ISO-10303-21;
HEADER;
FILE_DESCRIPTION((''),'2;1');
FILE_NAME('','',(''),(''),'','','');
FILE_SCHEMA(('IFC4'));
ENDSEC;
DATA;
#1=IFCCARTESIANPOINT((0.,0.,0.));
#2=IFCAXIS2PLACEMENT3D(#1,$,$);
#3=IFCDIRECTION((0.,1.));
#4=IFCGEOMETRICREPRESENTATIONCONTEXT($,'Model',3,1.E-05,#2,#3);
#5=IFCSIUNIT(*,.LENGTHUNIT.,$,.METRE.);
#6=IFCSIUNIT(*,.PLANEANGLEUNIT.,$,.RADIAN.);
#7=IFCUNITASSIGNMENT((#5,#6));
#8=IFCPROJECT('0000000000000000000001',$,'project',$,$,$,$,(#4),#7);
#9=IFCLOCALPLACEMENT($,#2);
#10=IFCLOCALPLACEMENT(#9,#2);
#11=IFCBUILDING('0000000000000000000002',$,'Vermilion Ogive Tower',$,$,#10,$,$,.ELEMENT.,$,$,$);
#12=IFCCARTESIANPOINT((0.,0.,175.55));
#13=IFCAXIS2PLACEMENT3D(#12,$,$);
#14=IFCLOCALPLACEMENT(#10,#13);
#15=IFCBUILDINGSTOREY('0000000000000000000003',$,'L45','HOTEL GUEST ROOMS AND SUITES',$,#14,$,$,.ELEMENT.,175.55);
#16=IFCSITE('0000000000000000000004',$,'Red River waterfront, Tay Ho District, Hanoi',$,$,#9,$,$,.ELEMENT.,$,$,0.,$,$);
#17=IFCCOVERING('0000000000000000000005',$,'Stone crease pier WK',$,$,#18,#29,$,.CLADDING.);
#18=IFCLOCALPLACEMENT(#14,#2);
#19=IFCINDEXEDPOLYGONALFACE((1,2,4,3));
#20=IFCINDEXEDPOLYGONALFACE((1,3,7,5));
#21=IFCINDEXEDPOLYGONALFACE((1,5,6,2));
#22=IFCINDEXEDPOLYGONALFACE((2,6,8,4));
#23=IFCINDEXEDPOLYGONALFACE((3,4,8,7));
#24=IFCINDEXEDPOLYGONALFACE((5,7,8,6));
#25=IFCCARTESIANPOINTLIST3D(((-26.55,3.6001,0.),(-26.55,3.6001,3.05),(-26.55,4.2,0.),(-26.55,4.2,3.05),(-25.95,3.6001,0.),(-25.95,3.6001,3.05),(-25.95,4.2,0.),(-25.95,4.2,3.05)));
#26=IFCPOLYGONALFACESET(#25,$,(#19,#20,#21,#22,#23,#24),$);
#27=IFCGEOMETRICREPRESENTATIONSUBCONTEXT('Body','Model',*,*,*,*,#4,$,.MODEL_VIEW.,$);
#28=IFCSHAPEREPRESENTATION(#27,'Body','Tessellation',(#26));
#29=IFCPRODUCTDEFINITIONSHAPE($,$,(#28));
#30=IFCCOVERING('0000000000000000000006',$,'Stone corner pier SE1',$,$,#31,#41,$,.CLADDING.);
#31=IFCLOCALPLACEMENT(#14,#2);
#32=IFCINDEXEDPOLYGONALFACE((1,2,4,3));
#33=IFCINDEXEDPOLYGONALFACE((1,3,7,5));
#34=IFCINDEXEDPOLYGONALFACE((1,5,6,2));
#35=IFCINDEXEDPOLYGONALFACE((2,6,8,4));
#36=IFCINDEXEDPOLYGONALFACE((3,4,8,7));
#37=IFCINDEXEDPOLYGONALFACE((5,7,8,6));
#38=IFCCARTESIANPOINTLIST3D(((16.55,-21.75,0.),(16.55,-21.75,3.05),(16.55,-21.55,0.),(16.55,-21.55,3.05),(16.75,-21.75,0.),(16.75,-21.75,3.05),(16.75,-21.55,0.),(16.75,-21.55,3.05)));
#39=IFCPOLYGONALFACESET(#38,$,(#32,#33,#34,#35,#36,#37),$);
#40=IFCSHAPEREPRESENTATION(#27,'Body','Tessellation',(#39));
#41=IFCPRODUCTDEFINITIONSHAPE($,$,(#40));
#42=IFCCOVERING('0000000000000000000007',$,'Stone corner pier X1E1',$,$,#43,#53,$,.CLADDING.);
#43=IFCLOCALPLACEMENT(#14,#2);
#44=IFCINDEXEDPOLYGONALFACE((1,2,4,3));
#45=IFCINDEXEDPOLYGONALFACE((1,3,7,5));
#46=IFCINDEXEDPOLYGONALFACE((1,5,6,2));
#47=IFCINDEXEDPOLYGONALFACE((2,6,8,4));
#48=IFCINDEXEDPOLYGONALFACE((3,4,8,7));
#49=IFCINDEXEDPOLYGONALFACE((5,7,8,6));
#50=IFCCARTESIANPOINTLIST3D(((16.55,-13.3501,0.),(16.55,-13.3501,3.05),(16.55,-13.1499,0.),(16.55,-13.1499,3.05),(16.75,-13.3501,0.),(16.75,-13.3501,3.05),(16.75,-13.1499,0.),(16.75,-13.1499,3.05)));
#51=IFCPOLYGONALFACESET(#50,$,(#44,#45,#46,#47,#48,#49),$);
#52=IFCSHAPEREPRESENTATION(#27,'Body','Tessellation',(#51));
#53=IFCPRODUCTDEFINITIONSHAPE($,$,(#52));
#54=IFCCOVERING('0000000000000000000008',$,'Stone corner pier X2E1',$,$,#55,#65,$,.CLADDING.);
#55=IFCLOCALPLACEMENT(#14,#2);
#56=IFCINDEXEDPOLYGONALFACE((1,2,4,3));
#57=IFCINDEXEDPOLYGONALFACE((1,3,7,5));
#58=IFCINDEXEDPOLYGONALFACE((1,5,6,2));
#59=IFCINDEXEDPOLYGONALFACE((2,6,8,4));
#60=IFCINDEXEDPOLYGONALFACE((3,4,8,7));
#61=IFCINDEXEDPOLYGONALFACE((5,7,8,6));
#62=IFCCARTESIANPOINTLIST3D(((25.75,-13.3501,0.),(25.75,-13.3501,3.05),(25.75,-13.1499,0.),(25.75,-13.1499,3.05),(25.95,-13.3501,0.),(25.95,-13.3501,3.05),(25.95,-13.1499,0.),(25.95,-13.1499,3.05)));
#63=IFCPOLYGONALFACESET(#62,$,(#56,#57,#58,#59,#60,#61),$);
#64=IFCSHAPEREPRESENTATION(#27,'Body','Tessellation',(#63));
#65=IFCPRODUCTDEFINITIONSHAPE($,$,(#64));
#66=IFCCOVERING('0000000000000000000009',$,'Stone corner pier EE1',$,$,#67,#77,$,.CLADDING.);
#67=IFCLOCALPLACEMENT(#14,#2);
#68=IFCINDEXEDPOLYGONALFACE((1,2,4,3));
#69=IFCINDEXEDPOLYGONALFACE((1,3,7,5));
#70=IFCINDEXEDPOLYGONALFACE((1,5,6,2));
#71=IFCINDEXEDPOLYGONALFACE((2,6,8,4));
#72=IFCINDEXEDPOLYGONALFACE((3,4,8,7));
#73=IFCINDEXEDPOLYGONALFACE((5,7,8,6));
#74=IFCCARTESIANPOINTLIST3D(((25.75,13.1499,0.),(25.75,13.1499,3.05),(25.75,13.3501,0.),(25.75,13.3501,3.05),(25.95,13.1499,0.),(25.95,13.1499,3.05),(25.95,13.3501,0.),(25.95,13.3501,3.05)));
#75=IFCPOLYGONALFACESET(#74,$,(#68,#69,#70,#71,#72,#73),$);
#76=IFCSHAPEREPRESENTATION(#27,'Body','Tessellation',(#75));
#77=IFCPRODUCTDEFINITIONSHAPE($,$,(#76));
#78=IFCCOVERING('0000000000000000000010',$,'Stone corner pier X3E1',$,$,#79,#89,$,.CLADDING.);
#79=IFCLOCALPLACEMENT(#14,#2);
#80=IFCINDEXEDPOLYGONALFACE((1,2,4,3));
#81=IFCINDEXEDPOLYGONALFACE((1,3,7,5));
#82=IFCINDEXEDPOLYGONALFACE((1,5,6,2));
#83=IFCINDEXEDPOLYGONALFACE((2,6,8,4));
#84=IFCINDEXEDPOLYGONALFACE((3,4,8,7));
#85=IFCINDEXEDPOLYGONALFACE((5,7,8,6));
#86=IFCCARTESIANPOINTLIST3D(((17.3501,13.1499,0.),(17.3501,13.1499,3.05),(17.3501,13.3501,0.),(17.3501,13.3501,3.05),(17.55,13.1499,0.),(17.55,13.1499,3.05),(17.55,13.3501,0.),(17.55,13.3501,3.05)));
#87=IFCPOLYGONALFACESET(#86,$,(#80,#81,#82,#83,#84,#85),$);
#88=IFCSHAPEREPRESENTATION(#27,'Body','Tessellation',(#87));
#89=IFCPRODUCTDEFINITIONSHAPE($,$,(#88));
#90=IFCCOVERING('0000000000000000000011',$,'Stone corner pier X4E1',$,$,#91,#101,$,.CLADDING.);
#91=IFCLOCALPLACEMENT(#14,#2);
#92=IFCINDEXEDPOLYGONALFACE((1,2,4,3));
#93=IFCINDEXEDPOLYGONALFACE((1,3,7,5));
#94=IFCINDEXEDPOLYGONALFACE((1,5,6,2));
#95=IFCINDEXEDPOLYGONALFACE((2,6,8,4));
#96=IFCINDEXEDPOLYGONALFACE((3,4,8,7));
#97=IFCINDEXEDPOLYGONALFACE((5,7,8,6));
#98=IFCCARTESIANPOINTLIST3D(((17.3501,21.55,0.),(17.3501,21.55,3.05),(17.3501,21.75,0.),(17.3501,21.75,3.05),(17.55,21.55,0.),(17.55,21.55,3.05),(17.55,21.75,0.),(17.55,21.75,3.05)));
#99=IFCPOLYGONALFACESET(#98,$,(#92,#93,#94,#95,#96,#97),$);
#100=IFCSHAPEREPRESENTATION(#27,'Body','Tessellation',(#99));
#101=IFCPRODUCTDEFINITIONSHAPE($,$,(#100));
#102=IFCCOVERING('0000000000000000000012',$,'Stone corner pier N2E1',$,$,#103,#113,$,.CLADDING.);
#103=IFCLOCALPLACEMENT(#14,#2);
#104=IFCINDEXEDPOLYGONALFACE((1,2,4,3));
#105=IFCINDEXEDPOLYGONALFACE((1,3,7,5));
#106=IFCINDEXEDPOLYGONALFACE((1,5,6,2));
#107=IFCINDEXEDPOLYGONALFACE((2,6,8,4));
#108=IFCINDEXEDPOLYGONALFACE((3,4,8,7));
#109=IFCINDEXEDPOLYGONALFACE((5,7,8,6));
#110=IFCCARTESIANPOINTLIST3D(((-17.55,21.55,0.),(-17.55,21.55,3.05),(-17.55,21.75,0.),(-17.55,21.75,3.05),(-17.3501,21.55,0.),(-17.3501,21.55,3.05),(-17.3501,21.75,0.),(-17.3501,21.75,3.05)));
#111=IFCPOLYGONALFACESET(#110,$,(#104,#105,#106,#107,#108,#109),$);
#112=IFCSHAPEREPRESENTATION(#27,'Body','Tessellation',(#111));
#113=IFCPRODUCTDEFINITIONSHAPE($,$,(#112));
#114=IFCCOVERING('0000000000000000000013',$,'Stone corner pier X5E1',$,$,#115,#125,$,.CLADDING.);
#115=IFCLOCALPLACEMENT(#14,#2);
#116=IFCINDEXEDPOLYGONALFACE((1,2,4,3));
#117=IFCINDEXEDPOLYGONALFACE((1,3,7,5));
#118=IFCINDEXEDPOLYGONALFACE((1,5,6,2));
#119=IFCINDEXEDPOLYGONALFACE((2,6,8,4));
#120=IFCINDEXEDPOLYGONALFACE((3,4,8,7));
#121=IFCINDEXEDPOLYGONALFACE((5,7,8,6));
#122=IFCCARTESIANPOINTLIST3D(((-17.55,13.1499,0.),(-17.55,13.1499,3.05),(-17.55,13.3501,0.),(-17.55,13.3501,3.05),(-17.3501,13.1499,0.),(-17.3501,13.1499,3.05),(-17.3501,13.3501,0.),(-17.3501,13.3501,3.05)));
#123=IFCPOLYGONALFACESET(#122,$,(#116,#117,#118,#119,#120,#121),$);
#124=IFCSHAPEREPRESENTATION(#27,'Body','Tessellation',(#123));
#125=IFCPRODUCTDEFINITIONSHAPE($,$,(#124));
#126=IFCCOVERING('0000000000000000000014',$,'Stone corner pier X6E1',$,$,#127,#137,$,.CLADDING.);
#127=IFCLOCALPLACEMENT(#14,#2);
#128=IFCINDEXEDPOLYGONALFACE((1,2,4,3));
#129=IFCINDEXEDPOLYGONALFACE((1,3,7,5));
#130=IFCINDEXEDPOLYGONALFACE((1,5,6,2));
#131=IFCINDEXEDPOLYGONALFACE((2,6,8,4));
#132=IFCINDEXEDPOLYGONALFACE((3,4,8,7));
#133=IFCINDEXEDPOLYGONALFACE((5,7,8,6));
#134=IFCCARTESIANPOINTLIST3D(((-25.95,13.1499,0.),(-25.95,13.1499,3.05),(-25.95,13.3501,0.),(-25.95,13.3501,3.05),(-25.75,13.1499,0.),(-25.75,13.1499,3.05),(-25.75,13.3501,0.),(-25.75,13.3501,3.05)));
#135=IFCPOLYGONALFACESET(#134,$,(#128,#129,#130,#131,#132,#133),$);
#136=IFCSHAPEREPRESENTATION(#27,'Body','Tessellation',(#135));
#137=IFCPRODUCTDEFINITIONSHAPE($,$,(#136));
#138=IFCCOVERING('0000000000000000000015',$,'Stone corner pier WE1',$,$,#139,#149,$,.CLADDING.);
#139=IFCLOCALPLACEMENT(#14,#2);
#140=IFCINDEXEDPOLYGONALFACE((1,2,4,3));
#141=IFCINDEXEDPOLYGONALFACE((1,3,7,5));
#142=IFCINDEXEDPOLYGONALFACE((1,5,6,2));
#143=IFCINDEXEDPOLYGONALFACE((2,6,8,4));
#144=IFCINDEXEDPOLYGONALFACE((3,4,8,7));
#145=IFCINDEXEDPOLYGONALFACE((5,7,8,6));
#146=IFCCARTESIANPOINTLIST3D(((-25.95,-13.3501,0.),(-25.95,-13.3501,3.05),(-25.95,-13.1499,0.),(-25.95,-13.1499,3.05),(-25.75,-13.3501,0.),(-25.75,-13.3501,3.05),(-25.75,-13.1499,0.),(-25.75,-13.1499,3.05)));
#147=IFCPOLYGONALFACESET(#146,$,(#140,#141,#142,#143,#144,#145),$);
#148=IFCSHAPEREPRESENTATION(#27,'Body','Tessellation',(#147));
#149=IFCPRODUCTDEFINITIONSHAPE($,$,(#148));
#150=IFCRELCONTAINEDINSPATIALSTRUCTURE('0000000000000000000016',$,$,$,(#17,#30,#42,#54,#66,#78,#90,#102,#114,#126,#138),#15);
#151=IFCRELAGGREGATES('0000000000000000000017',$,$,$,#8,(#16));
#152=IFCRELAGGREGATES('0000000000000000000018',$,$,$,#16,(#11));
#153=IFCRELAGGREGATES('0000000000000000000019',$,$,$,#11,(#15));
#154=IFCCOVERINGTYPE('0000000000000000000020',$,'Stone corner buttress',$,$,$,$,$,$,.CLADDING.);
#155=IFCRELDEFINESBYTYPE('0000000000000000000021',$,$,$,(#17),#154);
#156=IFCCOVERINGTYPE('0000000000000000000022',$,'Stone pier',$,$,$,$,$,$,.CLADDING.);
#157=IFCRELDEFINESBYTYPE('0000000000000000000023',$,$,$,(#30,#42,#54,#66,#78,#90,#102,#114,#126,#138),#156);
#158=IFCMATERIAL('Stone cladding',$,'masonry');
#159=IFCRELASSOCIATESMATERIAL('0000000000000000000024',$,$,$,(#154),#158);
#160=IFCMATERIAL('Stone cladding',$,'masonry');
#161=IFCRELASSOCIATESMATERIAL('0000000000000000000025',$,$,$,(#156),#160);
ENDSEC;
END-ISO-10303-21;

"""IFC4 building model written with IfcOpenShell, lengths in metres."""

from ifc_helpers import new_model, si_unit, direction, frame, origin, place, context, subcontext, project, spatial, polyline, outline, extrude, material, type_object, element, save


model = new_model("IFC4")

# Units and contexts
model_context = context("Model", 3, precision=1e-05, world=origin(), true_north=direction((0.0, 1.0)))
body_context = subcontext(model_context, "Body", "Model", "MODEL_VIEW")
ifc_project = project(units=[si_unit("LENGTHUNIT", "METRE"), si_unit("PLANEANGLEUNIT", "RADIAN")], contexts=[model_context])

# Site, building, storey
site_placement = place(None, origin())
site = spatial("IfcSite", under=ifc_project, at=site_placement, Name="Red River waterfront, Tay Ho District, Hanoi", CompositionType="ELEMENT", RefElevation=0.0)
building_placement = place(site_placement, origin())
building = spatial("IfcBuilding", under=site, at=building_placement, Name="Vermilion Ogive Tower", CompositionType="ELEMENT")
storey_placement = place(building_placement, frame((0.0, 0.0, 175.55)))
storey = spatial("IfcBuildingStorey", under=building, at=storey_placement, Name="L45", Description="HOTEL GUEST ROOMS AND SUITES", CompositionType="ELEMENT", Elevation=175.55)

# Coverings
ifc_material_1 = material(Name="Stone cladding", Category="masonry")
covering_type_1 = type_object("IfcCoveringType", Name="Stone corner buttress", PredefinedType="CLADDING", material=ifc_material_1)
covering_1_placement = place(storey_placement, origin())
element("IfcCovering", 1, at=covering_1_placement, inside=storey, type_object=covering_type_1, Name="Stone crease pier WK", PredefinedType="CLADDING", context=body_context, shape_type="SweptSolid", body=[
    extrude(outline(polyline([(-26.55, 4.2), (-26.55, 3.6001), (-25.95, 3.6001), (-25.95, 4.2), (-26.55, 4.2)])), origin(), (0.0, 0.0, 1.0), 3.05),
])
ifc_material_2 = material(Name="Stone cladding", Category="masonry")
covering_type_2 = type_object("IfcCoveringType", Name="Stone pier", PredefinedType="CLADDING", material=ifc_material_2)
covering_2_placement = place(storey_placement, origin())
element("IfcCovering", 2, at=covering_2_placement, inside=storey, type_object=covering_type_2, Name="Stone corner pier SE1", PredefinedType="CLADDING", context=body_context, shape_type="SweptSolid", body=[
    extrude(outline(polyline([(16.55, -21.55), (16.75, -21.55), (16.75, -21.75), (16.55, -21.75), (16.55, -21.55)])), origin(), (0.0, 0.0, 1.0), 3.05),
])
covering_3_placement = place(storey_placement, origin())
element("IfcCovering", 3, at=covering_3_placement, inside=storey, type_object=covering_type_2, Name="Stone corner pier X1E1", PredefinedType="CLADDING", context=body_context, shape_type="SweptSolid", body=[
    extrude(outline(polyline([(16.55, -13.1499), (16.75, -13.1499), (16.75, -13.3501), (16.55, -13.3501), (16.55, -13.1499)])), origin(), (0.0, 0.0, 1.0), 3.05),
])
covering_4_placement = place(storey_placement, origin())
element("IfcCovering", 4, at=covering_4_placement, inside=storey, type_object=covering_type_2, Name="Stone corner pier X2E1", PredefinedType="CLADDING", context=body_context, shape_type="SweptSolid", body=[
    extrude(outline(polyline([(25.75, -13.1499), (25.95, -13.1499), (25.95, -13.3501), (25.75, -13.3501), (25.75, -13.1499)])), origin(), (0.0, 0.0, 1.0), 3.05),
])
covering_5_placement = place(storey_placement, origin())
element("IfcCovering", 5, at=covering_5_placement, inside=storey, type_object=covering_type_2, Name="Stone corner pier EE1", PredefinedType="CLADDING", context=body_context, shape_type="SweptSolid", body=[
    extrude(outline(polyline([(25.75, 13.1499), (25.75, 13.3501), (25.95, 13.3501), (25.95, 13.1499), (25.75, 13.1499)])), origin(), (0.0, 0.0, 1.0), 3.05),
])
covering_6_placement = place(storey_placement, origin())
element("IfcCovering", 6, at=covering_6_placement, inside=storey, type_object=covering_type_2, Name="Stone corner pier X3E1", PredefinedType="CLADDING", context=body_context, shape_type="SweptSolid", body=[
    extrude(outline(polyline([(17.3501, 13.1499), (17.3501, 13.3501), (17.55, 13.3501), (17.55, 13.1499), (17.3501, 13.1499)])), origin(), (0.0, 0.0, 1.0), 3.05),
])
covering_7_placement = place(storey_placement, origin())
element("IfcCovering", 7, at=covering_7_placement, inside=storey, type_object=covering_type_2, Name="Stone corner pier X4E1", PredefinedType="CLADDING", context=body_context, shape_type="SweptSolid", body=[
    extrude(outline(polyline([(17.3501, 21.55), (17.3501, 21.75), (17.55, 21.75), (17.55, 21.55), (17.3501, 21.55)])), origin(), (0.0, 0.0, 1.0), 3.05),
])
covering_8_placement = place(storey_placement, origin())
element("IfcCovering", 8, at=covering_8_placement, inside=storey, type_object=covering_type_2, Name="Stone corner pier N2E1", PredefinedType="CLADDING", context=body_context, shape_type="SweptSolid", body=[
    extrude(outline(polyline([(-17.3501, 21.55), (-17.55, 21.55), (-17.55, 21.75), (-17.3501, 21.75), (-17.3501, 21.55)])), origin(), (0.0, 0.0, 1.0), 3.05),
])
covering_9_placement = place(storey_placement, origin())
element("IfcCovering", 9, at=covering_9_placement, inside=storey, type_object=covering_type_2, Name="Stone corner pier X5E1", PredefinedType="CLADDING", context=body_context, shape_type="SweptSolid", body=[
    extrude(outline(polyline([(-17.3501, 13.1499), (-17.55, 13.1499), (-17.55, 13.3501), (-17.3501, 13.3501), (-17.3501, 13.1499)])), origin(), (0.0, 0.0, 1.0), 3.05),
])
covering_10_placement = place(storey_placement, origin())
element("IfcCovering", 10, at=covering_10_placement, inside=storey, type_object=covering_type_2, Name="Stone corner pier X6E1", PredefinedType="CLADDING", context=body_context, shape_type="SweptSolid", body=[
    extrude(outline(polyline([(-25.75, 13.1499), (-25.95, 13.1499), (-25.95, 13.3501), (-25.75, 13.3501), (-25.75, 13.1499)])), origin(), (0.0, 0.0, 1.0), 3.05),
])
covering_11_placement = place(storey_placement, origin())
element("IfcCovering", 11, at=covering_11_placement, inside=storey, type_object=covering_type_2, Name="Stone corner pier WE1", PredefinedType="CLADDING", context=body_context, shape_type="SweptSolid", body=[
    extrude(outline(polyline([(-25.75, -13.1499), (-25.75, -13.3501), (-25.95, -13.3501), (-25.95, -13.1499), (-25.75, -13.1499)])), origin(), (0.0, 0.0, 1.0), 3.05),
])

save(model, "model.ifc")
